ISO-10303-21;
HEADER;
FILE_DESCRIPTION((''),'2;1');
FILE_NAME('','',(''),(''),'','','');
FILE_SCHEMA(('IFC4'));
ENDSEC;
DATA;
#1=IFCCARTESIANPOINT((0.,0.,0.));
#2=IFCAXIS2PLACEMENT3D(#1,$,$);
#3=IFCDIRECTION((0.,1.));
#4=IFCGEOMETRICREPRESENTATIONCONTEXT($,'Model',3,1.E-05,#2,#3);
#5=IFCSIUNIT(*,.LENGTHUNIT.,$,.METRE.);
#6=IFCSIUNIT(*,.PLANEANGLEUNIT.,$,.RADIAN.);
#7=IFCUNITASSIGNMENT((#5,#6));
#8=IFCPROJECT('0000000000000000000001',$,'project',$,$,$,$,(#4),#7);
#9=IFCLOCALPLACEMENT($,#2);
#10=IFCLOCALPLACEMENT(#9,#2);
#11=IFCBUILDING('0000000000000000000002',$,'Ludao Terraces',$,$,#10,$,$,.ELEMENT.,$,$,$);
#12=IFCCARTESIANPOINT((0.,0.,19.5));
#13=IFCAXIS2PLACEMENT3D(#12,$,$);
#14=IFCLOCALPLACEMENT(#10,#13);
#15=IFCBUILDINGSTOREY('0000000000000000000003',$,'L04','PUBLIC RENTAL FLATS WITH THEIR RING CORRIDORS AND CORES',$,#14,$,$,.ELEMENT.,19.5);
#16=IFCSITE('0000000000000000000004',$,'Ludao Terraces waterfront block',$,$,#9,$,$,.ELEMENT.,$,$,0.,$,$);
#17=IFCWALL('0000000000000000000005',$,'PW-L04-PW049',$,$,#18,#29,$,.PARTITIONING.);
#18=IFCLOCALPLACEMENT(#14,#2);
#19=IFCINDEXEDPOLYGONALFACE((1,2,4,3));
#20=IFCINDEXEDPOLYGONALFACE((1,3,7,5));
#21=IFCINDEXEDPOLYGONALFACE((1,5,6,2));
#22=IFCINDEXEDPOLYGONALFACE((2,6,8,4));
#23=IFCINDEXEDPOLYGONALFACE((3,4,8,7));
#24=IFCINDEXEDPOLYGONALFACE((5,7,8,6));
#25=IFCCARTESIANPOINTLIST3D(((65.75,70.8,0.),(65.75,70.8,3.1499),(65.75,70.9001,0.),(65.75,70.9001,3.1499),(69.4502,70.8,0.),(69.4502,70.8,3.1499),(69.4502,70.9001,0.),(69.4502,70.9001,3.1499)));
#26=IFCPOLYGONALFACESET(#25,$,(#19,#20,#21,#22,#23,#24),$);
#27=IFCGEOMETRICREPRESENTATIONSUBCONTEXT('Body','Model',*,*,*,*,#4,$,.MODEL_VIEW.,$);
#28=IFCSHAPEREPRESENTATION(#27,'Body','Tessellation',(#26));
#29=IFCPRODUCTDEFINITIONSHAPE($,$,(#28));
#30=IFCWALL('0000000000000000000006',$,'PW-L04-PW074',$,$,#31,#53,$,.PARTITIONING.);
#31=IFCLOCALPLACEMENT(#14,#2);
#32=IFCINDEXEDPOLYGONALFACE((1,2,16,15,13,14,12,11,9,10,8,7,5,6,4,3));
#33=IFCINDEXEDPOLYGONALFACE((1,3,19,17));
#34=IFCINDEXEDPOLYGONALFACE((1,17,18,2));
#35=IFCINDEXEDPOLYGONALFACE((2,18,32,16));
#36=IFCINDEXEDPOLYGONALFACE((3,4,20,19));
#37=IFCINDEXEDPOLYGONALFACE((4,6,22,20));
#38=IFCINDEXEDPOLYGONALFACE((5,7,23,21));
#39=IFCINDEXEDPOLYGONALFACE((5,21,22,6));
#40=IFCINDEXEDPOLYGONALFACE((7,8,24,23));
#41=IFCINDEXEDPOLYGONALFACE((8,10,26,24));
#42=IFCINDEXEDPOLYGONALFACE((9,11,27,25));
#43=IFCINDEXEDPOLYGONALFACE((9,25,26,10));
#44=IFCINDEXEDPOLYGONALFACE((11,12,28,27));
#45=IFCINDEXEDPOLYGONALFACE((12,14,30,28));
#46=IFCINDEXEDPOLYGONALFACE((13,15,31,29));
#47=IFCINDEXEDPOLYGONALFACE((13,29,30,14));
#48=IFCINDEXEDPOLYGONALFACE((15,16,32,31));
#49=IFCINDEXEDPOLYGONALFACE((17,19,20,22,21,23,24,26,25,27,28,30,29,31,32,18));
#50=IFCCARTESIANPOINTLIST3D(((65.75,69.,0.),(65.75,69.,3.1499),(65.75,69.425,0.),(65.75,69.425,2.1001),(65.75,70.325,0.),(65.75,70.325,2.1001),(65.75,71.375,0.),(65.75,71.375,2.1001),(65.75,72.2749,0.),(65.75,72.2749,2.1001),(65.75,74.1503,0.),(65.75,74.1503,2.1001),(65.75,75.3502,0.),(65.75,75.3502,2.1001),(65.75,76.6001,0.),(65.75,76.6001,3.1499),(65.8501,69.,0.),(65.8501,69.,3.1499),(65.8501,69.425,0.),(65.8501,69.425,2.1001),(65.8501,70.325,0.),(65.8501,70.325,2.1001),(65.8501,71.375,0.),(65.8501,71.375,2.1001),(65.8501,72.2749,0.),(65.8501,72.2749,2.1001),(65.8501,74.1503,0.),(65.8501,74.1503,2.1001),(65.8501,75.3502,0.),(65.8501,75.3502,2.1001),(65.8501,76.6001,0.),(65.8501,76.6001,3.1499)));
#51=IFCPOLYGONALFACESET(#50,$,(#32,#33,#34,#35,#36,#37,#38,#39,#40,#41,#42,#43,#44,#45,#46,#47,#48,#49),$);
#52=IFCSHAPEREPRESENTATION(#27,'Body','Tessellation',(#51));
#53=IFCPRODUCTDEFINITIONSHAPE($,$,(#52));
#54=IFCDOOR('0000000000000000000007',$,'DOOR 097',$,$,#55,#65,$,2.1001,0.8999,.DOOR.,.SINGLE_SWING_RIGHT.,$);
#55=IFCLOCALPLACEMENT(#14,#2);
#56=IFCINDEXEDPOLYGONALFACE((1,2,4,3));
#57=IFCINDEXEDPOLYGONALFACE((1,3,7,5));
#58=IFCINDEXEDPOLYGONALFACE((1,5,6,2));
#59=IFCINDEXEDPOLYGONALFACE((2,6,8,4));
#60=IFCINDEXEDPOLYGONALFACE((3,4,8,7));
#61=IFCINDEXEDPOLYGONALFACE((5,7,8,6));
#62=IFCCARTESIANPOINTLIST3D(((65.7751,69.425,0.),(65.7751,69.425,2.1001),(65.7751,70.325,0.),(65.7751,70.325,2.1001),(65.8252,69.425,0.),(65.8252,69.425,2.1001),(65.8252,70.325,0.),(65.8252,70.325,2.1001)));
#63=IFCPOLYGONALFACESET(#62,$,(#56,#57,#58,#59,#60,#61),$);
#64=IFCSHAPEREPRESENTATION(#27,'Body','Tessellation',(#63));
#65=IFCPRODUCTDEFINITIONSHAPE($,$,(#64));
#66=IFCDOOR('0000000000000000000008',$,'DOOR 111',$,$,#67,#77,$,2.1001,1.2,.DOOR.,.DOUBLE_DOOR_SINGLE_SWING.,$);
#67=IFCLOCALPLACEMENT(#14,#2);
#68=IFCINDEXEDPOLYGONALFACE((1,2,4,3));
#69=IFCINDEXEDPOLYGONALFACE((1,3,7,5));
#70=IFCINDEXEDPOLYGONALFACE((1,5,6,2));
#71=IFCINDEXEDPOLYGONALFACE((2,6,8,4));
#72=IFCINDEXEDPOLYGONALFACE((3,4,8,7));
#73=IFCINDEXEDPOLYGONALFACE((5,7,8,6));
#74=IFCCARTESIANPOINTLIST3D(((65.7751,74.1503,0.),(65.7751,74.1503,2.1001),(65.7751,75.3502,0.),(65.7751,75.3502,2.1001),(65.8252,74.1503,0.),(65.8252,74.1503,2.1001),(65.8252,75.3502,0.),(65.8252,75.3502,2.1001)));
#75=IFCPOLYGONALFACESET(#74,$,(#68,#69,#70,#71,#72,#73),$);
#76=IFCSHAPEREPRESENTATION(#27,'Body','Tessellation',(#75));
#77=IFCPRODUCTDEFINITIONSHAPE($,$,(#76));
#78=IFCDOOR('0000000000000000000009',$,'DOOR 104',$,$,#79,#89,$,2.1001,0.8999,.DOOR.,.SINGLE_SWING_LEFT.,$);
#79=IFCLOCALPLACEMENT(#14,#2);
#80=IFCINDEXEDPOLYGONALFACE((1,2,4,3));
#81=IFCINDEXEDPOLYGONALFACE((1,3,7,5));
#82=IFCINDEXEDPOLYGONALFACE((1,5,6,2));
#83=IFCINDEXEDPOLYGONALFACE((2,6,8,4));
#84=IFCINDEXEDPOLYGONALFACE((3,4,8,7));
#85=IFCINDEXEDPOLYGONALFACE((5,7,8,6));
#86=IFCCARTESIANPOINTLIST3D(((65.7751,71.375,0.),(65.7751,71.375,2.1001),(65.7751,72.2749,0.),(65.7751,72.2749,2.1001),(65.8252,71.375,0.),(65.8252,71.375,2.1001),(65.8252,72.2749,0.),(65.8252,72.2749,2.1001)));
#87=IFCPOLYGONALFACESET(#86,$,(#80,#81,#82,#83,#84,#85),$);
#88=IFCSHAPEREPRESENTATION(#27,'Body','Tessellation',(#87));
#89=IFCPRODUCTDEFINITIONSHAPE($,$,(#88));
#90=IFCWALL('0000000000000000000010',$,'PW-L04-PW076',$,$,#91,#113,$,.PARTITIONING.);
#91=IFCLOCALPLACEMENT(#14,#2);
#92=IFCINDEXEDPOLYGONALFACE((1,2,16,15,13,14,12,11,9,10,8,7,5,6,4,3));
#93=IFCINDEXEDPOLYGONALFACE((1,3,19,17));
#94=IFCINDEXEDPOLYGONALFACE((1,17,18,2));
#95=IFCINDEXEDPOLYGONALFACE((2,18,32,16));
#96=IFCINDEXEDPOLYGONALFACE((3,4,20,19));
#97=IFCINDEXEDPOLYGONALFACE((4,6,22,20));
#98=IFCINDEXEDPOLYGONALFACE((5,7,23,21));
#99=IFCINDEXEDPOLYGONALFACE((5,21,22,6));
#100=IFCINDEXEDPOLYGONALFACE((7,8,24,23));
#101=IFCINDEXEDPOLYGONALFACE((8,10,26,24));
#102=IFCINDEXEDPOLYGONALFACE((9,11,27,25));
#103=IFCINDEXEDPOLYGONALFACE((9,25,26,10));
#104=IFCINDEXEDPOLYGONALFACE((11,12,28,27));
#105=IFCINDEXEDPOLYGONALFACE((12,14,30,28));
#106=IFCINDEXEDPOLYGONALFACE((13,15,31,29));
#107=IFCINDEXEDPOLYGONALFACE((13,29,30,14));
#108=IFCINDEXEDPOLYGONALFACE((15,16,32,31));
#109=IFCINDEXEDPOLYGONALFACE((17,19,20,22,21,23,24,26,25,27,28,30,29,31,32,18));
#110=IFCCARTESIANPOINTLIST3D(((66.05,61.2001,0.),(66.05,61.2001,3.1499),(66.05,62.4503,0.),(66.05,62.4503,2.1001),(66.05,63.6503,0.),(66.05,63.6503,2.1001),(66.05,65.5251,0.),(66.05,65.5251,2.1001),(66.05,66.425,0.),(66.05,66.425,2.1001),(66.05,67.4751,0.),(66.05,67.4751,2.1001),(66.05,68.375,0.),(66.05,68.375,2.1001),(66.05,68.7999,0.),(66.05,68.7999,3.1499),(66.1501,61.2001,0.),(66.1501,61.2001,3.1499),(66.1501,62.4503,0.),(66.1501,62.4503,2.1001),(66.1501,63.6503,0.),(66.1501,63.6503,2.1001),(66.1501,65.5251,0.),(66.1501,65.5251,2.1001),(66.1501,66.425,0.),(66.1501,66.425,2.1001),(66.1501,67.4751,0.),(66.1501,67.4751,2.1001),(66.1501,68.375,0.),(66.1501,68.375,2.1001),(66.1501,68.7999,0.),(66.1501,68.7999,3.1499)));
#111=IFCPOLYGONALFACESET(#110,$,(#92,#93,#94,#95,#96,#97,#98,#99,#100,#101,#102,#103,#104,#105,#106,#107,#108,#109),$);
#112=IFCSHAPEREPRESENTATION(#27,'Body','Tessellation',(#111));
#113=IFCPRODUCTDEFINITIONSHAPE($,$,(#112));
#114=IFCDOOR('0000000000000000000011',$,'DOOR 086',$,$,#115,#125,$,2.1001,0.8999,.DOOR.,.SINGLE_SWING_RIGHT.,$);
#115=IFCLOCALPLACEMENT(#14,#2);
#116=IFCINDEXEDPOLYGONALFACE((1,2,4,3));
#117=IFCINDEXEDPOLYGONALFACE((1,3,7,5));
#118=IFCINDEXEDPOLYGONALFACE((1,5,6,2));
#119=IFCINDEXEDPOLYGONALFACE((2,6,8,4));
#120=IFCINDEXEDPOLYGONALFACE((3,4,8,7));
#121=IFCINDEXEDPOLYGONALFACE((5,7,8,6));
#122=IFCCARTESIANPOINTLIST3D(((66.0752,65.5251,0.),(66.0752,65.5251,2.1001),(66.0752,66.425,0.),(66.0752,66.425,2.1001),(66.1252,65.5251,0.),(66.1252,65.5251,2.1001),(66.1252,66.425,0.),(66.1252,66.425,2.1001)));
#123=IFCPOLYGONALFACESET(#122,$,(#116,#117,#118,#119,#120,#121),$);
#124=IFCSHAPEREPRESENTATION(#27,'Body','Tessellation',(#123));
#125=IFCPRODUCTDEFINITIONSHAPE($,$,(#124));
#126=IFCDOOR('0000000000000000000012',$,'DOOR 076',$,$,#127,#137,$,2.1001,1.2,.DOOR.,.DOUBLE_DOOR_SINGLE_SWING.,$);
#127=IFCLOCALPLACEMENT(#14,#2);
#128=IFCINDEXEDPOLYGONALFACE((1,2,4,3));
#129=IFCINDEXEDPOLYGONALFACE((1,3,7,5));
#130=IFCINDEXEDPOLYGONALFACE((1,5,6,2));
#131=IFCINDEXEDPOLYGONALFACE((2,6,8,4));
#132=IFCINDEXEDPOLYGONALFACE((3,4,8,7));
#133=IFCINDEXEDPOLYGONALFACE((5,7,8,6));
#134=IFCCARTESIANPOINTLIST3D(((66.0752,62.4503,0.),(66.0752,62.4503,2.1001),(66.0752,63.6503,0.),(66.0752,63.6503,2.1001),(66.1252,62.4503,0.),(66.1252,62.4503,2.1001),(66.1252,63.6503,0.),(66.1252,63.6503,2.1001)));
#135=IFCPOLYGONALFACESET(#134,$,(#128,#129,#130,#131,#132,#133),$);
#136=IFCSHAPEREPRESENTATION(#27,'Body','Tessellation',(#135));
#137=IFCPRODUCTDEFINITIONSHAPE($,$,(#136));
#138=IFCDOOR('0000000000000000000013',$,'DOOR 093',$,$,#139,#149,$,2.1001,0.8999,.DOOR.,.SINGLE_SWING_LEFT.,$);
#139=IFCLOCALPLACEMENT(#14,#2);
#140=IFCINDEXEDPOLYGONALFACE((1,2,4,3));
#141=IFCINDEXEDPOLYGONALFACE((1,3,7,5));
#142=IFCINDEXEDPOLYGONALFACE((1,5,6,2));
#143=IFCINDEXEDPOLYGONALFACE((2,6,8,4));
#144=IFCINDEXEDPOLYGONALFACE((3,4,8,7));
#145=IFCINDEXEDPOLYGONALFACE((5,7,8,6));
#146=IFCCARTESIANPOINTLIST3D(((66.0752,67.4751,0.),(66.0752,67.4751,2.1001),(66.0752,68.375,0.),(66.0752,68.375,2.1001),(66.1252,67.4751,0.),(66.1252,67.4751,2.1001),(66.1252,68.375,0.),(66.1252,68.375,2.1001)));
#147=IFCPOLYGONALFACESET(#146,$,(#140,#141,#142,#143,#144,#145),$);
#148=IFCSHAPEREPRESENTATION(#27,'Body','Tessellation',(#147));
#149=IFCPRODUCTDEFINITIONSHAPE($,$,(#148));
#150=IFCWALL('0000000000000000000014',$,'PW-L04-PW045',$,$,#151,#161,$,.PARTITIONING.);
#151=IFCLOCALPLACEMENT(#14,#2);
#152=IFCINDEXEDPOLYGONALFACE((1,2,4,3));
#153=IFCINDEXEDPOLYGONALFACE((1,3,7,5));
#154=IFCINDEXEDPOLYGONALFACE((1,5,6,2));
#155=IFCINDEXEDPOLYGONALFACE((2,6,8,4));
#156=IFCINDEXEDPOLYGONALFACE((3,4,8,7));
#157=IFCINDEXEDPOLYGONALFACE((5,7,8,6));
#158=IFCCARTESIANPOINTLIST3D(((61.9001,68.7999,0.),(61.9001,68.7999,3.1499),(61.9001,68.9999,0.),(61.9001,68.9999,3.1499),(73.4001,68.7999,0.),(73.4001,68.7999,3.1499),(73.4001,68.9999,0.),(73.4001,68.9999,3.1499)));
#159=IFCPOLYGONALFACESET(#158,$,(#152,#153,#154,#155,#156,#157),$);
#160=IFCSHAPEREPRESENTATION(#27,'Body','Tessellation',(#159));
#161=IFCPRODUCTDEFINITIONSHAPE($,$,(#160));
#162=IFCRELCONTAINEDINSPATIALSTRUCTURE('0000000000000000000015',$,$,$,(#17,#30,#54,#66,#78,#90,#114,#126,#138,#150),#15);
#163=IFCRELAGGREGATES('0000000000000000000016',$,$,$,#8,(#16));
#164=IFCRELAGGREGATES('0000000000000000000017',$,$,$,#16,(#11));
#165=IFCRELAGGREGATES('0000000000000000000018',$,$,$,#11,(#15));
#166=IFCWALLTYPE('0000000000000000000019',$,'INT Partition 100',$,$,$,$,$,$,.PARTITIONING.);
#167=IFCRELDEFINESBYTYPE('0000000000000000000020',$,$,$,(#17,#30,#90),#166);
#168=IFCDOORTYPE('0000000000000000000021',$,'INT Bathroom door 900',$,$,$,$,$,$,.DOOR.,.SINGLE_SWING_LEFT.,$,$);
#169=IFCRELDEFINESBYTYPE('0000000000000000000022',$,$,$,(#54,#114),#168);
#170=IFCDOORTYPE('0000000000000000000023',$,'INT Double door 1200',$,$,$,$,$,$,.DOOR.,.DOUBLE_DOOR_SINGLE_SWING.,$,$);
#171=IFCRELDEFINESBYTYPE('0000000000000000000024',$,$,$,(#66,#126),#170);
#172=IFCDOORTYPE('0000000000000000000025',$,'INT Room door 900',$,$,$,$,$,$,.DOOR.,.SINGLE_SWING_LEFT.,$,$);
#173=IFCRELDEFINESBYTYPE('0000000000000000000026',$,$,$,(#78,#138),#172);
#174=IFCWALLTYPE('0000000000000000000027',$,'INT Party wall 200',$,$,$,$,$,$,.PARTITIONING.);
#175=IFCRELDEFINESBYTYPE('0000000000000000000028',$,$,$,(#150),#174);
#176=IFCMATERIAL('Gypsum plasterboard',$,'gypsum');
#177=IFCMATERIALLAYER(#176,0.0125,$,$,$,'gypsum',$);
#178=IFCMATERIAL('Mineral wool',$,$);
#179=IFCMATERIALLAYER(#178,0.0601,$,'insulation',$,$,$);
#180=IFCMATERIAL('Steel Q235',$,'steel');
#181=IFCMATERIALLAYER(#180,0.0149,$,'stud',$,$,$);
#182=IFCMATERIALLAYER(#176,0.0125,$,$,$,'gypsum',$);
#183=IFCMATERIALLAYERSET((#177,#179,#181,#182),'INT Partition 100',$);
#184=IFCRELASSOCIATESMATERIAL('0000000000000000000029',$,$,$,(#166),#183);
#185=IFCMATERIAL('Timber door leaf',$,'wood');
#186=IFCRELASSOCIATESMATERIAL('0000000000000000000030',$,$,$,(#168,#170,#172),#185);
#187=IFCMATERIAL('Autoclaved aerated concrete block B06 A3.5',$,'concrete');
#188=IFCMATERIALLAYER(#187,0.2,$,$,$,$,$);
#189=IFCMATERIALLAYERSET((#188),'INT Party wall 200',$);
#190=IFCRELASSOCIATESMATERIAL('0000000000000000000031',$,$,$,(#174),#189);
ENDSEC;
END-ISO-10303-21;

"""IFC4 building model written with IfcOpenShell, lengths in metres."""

from ifc_helpers import new_model, si_unit, direction, frame, frame_2d, origin, place, context, subcontext, project, spatial, rectangle, extrude, material, layer, layer_set, type_object, element, fill, save


model = new_model("IFC4")

# Units and contexts
model_context = context("Model", 3, precision=1e-05, world=origin(), true_north=direction((0.0, 1.0)))
body_context = subcontext(model_context, "Body", "Model", "MODEL_VIEW")
ifc_project = project(units=[si_unit("LENGTHUNIT", "METRE"), si_unit("PLANEANGLEUNIT", "RADIAN")], contexts=[model_context])

# Site, building, storey
site_placement = place(None, origin())
site = spatial("IfcSite", under=ifc_project, at=site_placement, Name="Ludao Terraces waterfront block", CompositionType="ELEMENT", RefElevation=0.0)
building_placement = place(site_placement, origin())
building = spatial("IfcBuilding", under=site, at=building_placement, Name="Ludao Terraces", CompositionType="ELEMENT")
storey_placement = place(building_placement, frame((0.0, 0.0, 19.5)))
storey = spatial("IfcBuildingStorey", under=building, at=storey_placement, Name="L04", Description="PUBLIC RENTAL FLATS WITH THEIR RING CORRIDORS AND CORES", CompositionType="ELEMENT", Elevation=19.5)

# Shared definitions
ifc_material_1 = material(Name="Mineral wool")

# Wall
ifc_material_2 = material(Name="Gypsum plasterboard", Category="gypsum")
ifc_layer_1 = layer(ifc_material_2, 0.0125, Category="gypsum")
ifc_layer_2 = layer(ifc_material_1, 0.0601, Name="insulation")
ifc_material_3 = material(Name="Steel Q235", Category="steel")
ifc_layer_3 = layer(ifc_material_3, 0.0149, Name="stud")
ifc_layer_4 = layer(ifc_material_2, 0.0125, Category="gypsum")
ifc_layer_set_1 = layer_set([ifc_layer_1, ifc_layer_2, ifc_layer_3, ifc_layer_4], Name="INT Partition 100")
wall_type_1 = type_object("IfcWallType", Name="INT Partition 100", PredefinedType="PARTITIONING", material=ifc_layer_set_1)
wall_1_placement = place(storey_placement, frame((65.75, 70.8501, 0.0), z_axis=(0.0, 0.0, 1.0), x_axis=(1.0, 0.0, 0.0)))
element("IfcWall", 1, at=wall_1_placement, inside=storey, type_object=wall_type_1, Name="PW-L04-PW049", PredefinedType="PARTITIONING", context=body_context, shape_type="SweptSolid", body=[
    extrude(rectangle(XDim=3.7002, YDim=0.1001, at=frame_2d((1.8501, 0.0))), origin(), (0.0, 0.0, 1.0), 3.1499),
])

# Walls, openings, doors
wall_2_placement = place(storey_placement, frame((65.8, 69.0, 0.0), z_axis=(0.0, 0.0, 1.0), x_axis=(0.0, 1.0, 0.0)))
wall_2 = element("IfcWall", 2, at=wall_2_placement, inside=storey, type_object=wall_type_1, Name="PW-L04-PW074", PredefinedType="PARTITIONING", context=body_context, shape_type="SweptSolid", body=[
    extrude(rectangle(XDim=7.6001, YDim=0.1001, at=frame_2d((3.8, 0.0))), origin(), (0.0, 0.0, 1.0), 3.1499),
])
opening_1_placement = place(wall_2_placement, frame((0.425, 0.0, 0.0)))
opening_1 = element("IfcOpeningElement", 3, at=opening_1_placement, cuts=wall_2, PredefinedType="OPENING", context=body_context, shape_type="SweptSolid", body=[
    extrude(rectangle(XDim=0.8999, YDim=2.1001, at=frame_2d((0.45, 1.05))), frame((0.0, 0.0601, 0.0), z_axis=(0.0, -1.0, 0.0), x_axis=(1.0, 0.0, 0.0)), (0.0, 0.0, 1.0), 0.1201),
])
opening_2_placement = place(wall_2_placement, frame((2.375, 0.0, 0.0)))
opening_2 = element("IfcOpeningElement", 4, at=opening_2_placement, cuts=wall_2, PredefinedType="OPENING", context=body_context, shape_type="SweptSolid", body=[
    extrude(rectangle(XDim=0.8999, YDim=2.1001, at=frame_2d((0.45, 1.05))), frame((0.0, 0.0601, 0.0), z_axis=(0.0, -1.0, 0.0), x_axis=(1.0, 0.0, 0.0)), (0.0, 0.0, 1.0), 0.1201),
])
opening_3_placement = place(wall_2_placement, frame((5.1501, 0.0, 0.0)))
opening_3 = element("IfcOpeningElement", 5, at=opening_3_placement, cuts=wall_2, PredefinedType="OPENING", context=body_context, shape_type="SweptSolid", body=[
    extrude(rectangle(XDim=1.2, YDim=2.1001, at=frame_2d((0.6001, 1.05))), frame((0.0, 0.0601, 0.0), z_axis=(0.0, -1.0, 0.0), x_axis=(1.0, 0.0, 0.0)), (0.0, 0.0, 1.0), 0.1201),
])
ifc_material_4 = material(Name="Timber door leaf", Category="wood")
door_type_1 = type_object("IfcDoorType", Name="INT Bathroom door 900", OperationType="SINGLE_SWING_LEFT", PredefinedType="DOOR", material=ifc_material_4)
door_1_placement = place(opening_1_placement, origin())
door_1 = element("IfcDoor", 6, at=door_1_placement, inside=storey, type_object=door_type_1, Name="DOOR 097", OperationType="SINGLE_SWING_RIGHT", OverallHeight=2.1001, OverallWidth=0.8999, PredefinedType="DOOR", context=body_context, shape_type="SweptSolid", body=[
    extrude(rectangle(XDim=0.8999, YDim=2.1001, at=frame_2d((0.45, 1.05))), frame((0.0, 0.0249, 0.0), z_axis=(0.0, -1.0, 0.0), x_axis=(1.0, 0.0, 0.0)), (0.0, 0.0, 1.0), 0.05),
])
fill(opening_1, door_1)
door_type_2 = type_object("IfcDoorType", Name="INT Double door 1200", OperationType="DOUBLE_DOOR_SINGLE_SWING", PredefinedType="DOOR", material=ifc_material_4)
door_2_placement = place(opening_3_placement, origin())
door_2 = element("IfcDoor", 7, at=door_2_placement, inside=storey, type_object=door_type_2, Name="DOOR 111", OperationType="DOUBLE_DOOR_SINGLE_SWING", OverallHeight=2.1001, OverallWidth=1.2, PredefinedType="DOOR", context=body_context, shape_type="SweptSolid", body=[
    extrude(rectangle(XDim=1.2, YDim=2.1001, at=frame_2d((0.6001, 1.05))), frame((0.0, 0.0249, 0.0), z_axis=(0.0, -1.0, 0.0), x_axis=(1.0, 0.0, 0.0)), (0.0, 0.0, 1.0), 0.05),
])
fill(opening_3, door_2)
door_type_3 = type_object("IfcDoorType", Name="INT Room door 900", OperationType="SINGLE_SWING_LEFT", PredefinedType="DOOR", material=ifc_material_4)
door_3_placement = place(opening_2_placement, origin())
door_3 = element("IfcDoor", 8, at=door_3_placement, inside=storey, type_object=door_type_3, Name="DOOR 104", OperationType="SINGLE_SWING_LEFT", OverallHeight=2.1001, OverallWidth=0.8999, PredefinedType="DOOR", context=body_context, shape_type="SweptSolid", body=[
    extrude(rectangle(XDim=0.8999, YDim=2.1001, at=frame_2d((0.45, 1.05))), frame((0.0, 0.0249, 0.0), z_axis=(0.0, -1.0, 0.0), x_axis=(1.0, 0.0, 0.0)), (0.0, 0.0, 1.0), 0.05),
])
fill(opening_2, door_3)
wall_3_placement = place(storey_placement, frame((66.1001, 61.2002, 0.0), z_axis=(0.0, 0.0, 1.0), x_axis=(0.0, 1.0, 0.0)))
wall_3 = element("IfcWall", 9, at=wall_3_placement, inside=storey, type_object=wall_type_1, Name="PW-L04-PW076", PredefinedType="PARTITIONING", context=body_context, shape_type="SweptSolid", body=[
    extrude(rectangle(XDim=7.5999, YDim=0.1001, at=frame_2d((3.7998, 0.0))), origin(), (0.0, 0.0, 1.0), 3.1499),
])
opening_4_placement = place(wall_3_placement, frame((1.25, 0.0, 0.0)))
opening_4 = element("IfcOpeningElement", 10, at=opening_4_placement, cuts=wall_3, PredefinedType="OPENING", context=body_context, shape_type="SweptSolid", body=[
    extrude(rectangle(XDim=1.2, YDim=2.1001, at=frame_2d((0.6001, 1.05))), frame((0.0, 0.0601, 0.0), z_axis=(0.0, -1.0, 0.0), x_axis=(1.0, 0.0, 0.0)), (0.0, 0.0, 1.0), 0.1201),
])
opening_5_placement = place(wall_3_placement, frame((4.325, 0.0, 0.0)))
opening_5 = element("IfcOpeningElement", 11, at=opening_5_placement, cuts=wall_3, PredefinedType="OPENING", context=body_context, shape_type="SweptSolid", body=[
    extrude(rectangle(XDim=0.8999, YDim=2.1001, at=frame_2d((0.45, 1.05))), frame((0.0, 0.0601, 0.0), z_axis=(0.0, -1.0, 0.0), x_axis=(1.0, 0.0, 0.0)), (0.0, 0.0, 1.0), 0.1201),
])
opening_6_placement = place(wall_3_placement, frame((6.2749, 0.0, 0.0)))
opening_6 = element("IfcOpeningElement", 12, at=opening_6_placement, cuts=wall_3, PredefinedType="OPENING", context=body_context, shape_type="SweptSolid", body=[
    extrude(rectangle(XDim=0.8999, YDim=2.1001, at=frame_2d((0.45, 1.05))), frame((0.0, 0.0601, 0.0), z_axis=(0.0, -1.0, 0.0), x_axis=(1.0, 0.0, 0.0)), (0.0, 0.0, 1.0), 0.1201),
])
door_4_placement = place(opening_5_placement, origin())
door_4 = element("IfcDoor", 13, at=door_4_placement, inside=storey, type_object=door_type_1, Name="DOOR 086", OperationType="SINGLE_SWING_RIGHT", OverallHeight=2.1001, OverallWidth=0.8999, PredefinedType="DOOR", context=body_context, shape_type="SweptSolid", body=[
    extrude(rectangle(XDim=0.8999, YDim=2.1001, at=frame_2d((0.45, 1.05))), frame((0.0, 0.0249, 0.0), z_axis=(0.0, -1.0, 0.0), x_axis=(1.0, 0.0, 0.0)), (0.0, 0.0, 1.0), 0.05),
])
fill(opening_5, door_4)
door_5_placement = place(opening_4_placement, origin())
door_5 = element("IfcDoor", 14, at=door_5_placement, inside=storey, type_object=door_type_2, Name="DOOR 076", OperationType="DOUBLE_DOOR_SINGLE_SWING", OverallHeight=2.1001, OverallWidth=1.2, PredefinedType="DOOR", context=body_context, shape_type="SweptSolid", body=[
    extrude(rectangle(XDim=1.2, YDim=2.1001, at=frame_2d((0.6001, 1.05))), frame((0.0, 0.0249, 0.0), z_axis=(0.0, -1.0, 0.0), x_axis=(1.0, 0.0, 0.0)), (0.0, 0.0, 1.0), 0.05),
])
fill(opening_4, door_5)
door_6_placement = place(opening_6_placement, origin())
door_6 = element("IfcDoor", 15, at=door_6_placement, inside=storey, type_object=door_type_3, Name="DOOR 093", OperationType="SINGLE_SWING_LEFT", OverallHeight=2.1001, OverallWidth=0.8999, PredefinedType="DOOR", context=body_context, shape_type="SweptSolid", body=[
    extrude(rectangle(XDim=0.8999, YDim=2.1001, at=frame_2d((0.45, 1.05))), frame((0.0, 0.0249, 0.0), z_axis=(0.0, -1.0, 0.0), x_axis=(1.0, 0.0, 0.0)), (0.0, 0.0, 1.0), 0.05),
])
fill(opening_6, door_6)

# Wall
ifc_material_5 = material(Name="Autoclaved aerated concrete block B06 A3.5", Category="concrete")
ifc_layer_5 = layer(ifc_material_5, 0.2)
ifc_layer_set_2 = layer_set([ifc_layer_5], Name="INT Party wall 200")
wall_type_2 = type_object("IfcWallType", Name="INT Party wall 200", PredefinedType="PARTITIONING", material=ifc_layer_set_2)
wall_4_placement = place(storey_placement, frame((61.9001, 68.8999, 0.0), z_axis=(0.0, 0.0, 1.0), x_axis=(1.0, 0.0, 0.0)))
element("IfcWall", 16, at=wall_4_placement, inside=storey, type_object=wall_type_2, Name="PW-L04-PW045", PredefinedType="PARTITIONING", context=body_context, shape_type="SweptSolid", body=[
    extrude(rectangle(XDim=11.5, YDim=0.2, at=frame_2d((5.75, 0.0))), origin(), (0.0, 0.0, 1.0), 3.1499),
])

save(model, "model.ifc")
